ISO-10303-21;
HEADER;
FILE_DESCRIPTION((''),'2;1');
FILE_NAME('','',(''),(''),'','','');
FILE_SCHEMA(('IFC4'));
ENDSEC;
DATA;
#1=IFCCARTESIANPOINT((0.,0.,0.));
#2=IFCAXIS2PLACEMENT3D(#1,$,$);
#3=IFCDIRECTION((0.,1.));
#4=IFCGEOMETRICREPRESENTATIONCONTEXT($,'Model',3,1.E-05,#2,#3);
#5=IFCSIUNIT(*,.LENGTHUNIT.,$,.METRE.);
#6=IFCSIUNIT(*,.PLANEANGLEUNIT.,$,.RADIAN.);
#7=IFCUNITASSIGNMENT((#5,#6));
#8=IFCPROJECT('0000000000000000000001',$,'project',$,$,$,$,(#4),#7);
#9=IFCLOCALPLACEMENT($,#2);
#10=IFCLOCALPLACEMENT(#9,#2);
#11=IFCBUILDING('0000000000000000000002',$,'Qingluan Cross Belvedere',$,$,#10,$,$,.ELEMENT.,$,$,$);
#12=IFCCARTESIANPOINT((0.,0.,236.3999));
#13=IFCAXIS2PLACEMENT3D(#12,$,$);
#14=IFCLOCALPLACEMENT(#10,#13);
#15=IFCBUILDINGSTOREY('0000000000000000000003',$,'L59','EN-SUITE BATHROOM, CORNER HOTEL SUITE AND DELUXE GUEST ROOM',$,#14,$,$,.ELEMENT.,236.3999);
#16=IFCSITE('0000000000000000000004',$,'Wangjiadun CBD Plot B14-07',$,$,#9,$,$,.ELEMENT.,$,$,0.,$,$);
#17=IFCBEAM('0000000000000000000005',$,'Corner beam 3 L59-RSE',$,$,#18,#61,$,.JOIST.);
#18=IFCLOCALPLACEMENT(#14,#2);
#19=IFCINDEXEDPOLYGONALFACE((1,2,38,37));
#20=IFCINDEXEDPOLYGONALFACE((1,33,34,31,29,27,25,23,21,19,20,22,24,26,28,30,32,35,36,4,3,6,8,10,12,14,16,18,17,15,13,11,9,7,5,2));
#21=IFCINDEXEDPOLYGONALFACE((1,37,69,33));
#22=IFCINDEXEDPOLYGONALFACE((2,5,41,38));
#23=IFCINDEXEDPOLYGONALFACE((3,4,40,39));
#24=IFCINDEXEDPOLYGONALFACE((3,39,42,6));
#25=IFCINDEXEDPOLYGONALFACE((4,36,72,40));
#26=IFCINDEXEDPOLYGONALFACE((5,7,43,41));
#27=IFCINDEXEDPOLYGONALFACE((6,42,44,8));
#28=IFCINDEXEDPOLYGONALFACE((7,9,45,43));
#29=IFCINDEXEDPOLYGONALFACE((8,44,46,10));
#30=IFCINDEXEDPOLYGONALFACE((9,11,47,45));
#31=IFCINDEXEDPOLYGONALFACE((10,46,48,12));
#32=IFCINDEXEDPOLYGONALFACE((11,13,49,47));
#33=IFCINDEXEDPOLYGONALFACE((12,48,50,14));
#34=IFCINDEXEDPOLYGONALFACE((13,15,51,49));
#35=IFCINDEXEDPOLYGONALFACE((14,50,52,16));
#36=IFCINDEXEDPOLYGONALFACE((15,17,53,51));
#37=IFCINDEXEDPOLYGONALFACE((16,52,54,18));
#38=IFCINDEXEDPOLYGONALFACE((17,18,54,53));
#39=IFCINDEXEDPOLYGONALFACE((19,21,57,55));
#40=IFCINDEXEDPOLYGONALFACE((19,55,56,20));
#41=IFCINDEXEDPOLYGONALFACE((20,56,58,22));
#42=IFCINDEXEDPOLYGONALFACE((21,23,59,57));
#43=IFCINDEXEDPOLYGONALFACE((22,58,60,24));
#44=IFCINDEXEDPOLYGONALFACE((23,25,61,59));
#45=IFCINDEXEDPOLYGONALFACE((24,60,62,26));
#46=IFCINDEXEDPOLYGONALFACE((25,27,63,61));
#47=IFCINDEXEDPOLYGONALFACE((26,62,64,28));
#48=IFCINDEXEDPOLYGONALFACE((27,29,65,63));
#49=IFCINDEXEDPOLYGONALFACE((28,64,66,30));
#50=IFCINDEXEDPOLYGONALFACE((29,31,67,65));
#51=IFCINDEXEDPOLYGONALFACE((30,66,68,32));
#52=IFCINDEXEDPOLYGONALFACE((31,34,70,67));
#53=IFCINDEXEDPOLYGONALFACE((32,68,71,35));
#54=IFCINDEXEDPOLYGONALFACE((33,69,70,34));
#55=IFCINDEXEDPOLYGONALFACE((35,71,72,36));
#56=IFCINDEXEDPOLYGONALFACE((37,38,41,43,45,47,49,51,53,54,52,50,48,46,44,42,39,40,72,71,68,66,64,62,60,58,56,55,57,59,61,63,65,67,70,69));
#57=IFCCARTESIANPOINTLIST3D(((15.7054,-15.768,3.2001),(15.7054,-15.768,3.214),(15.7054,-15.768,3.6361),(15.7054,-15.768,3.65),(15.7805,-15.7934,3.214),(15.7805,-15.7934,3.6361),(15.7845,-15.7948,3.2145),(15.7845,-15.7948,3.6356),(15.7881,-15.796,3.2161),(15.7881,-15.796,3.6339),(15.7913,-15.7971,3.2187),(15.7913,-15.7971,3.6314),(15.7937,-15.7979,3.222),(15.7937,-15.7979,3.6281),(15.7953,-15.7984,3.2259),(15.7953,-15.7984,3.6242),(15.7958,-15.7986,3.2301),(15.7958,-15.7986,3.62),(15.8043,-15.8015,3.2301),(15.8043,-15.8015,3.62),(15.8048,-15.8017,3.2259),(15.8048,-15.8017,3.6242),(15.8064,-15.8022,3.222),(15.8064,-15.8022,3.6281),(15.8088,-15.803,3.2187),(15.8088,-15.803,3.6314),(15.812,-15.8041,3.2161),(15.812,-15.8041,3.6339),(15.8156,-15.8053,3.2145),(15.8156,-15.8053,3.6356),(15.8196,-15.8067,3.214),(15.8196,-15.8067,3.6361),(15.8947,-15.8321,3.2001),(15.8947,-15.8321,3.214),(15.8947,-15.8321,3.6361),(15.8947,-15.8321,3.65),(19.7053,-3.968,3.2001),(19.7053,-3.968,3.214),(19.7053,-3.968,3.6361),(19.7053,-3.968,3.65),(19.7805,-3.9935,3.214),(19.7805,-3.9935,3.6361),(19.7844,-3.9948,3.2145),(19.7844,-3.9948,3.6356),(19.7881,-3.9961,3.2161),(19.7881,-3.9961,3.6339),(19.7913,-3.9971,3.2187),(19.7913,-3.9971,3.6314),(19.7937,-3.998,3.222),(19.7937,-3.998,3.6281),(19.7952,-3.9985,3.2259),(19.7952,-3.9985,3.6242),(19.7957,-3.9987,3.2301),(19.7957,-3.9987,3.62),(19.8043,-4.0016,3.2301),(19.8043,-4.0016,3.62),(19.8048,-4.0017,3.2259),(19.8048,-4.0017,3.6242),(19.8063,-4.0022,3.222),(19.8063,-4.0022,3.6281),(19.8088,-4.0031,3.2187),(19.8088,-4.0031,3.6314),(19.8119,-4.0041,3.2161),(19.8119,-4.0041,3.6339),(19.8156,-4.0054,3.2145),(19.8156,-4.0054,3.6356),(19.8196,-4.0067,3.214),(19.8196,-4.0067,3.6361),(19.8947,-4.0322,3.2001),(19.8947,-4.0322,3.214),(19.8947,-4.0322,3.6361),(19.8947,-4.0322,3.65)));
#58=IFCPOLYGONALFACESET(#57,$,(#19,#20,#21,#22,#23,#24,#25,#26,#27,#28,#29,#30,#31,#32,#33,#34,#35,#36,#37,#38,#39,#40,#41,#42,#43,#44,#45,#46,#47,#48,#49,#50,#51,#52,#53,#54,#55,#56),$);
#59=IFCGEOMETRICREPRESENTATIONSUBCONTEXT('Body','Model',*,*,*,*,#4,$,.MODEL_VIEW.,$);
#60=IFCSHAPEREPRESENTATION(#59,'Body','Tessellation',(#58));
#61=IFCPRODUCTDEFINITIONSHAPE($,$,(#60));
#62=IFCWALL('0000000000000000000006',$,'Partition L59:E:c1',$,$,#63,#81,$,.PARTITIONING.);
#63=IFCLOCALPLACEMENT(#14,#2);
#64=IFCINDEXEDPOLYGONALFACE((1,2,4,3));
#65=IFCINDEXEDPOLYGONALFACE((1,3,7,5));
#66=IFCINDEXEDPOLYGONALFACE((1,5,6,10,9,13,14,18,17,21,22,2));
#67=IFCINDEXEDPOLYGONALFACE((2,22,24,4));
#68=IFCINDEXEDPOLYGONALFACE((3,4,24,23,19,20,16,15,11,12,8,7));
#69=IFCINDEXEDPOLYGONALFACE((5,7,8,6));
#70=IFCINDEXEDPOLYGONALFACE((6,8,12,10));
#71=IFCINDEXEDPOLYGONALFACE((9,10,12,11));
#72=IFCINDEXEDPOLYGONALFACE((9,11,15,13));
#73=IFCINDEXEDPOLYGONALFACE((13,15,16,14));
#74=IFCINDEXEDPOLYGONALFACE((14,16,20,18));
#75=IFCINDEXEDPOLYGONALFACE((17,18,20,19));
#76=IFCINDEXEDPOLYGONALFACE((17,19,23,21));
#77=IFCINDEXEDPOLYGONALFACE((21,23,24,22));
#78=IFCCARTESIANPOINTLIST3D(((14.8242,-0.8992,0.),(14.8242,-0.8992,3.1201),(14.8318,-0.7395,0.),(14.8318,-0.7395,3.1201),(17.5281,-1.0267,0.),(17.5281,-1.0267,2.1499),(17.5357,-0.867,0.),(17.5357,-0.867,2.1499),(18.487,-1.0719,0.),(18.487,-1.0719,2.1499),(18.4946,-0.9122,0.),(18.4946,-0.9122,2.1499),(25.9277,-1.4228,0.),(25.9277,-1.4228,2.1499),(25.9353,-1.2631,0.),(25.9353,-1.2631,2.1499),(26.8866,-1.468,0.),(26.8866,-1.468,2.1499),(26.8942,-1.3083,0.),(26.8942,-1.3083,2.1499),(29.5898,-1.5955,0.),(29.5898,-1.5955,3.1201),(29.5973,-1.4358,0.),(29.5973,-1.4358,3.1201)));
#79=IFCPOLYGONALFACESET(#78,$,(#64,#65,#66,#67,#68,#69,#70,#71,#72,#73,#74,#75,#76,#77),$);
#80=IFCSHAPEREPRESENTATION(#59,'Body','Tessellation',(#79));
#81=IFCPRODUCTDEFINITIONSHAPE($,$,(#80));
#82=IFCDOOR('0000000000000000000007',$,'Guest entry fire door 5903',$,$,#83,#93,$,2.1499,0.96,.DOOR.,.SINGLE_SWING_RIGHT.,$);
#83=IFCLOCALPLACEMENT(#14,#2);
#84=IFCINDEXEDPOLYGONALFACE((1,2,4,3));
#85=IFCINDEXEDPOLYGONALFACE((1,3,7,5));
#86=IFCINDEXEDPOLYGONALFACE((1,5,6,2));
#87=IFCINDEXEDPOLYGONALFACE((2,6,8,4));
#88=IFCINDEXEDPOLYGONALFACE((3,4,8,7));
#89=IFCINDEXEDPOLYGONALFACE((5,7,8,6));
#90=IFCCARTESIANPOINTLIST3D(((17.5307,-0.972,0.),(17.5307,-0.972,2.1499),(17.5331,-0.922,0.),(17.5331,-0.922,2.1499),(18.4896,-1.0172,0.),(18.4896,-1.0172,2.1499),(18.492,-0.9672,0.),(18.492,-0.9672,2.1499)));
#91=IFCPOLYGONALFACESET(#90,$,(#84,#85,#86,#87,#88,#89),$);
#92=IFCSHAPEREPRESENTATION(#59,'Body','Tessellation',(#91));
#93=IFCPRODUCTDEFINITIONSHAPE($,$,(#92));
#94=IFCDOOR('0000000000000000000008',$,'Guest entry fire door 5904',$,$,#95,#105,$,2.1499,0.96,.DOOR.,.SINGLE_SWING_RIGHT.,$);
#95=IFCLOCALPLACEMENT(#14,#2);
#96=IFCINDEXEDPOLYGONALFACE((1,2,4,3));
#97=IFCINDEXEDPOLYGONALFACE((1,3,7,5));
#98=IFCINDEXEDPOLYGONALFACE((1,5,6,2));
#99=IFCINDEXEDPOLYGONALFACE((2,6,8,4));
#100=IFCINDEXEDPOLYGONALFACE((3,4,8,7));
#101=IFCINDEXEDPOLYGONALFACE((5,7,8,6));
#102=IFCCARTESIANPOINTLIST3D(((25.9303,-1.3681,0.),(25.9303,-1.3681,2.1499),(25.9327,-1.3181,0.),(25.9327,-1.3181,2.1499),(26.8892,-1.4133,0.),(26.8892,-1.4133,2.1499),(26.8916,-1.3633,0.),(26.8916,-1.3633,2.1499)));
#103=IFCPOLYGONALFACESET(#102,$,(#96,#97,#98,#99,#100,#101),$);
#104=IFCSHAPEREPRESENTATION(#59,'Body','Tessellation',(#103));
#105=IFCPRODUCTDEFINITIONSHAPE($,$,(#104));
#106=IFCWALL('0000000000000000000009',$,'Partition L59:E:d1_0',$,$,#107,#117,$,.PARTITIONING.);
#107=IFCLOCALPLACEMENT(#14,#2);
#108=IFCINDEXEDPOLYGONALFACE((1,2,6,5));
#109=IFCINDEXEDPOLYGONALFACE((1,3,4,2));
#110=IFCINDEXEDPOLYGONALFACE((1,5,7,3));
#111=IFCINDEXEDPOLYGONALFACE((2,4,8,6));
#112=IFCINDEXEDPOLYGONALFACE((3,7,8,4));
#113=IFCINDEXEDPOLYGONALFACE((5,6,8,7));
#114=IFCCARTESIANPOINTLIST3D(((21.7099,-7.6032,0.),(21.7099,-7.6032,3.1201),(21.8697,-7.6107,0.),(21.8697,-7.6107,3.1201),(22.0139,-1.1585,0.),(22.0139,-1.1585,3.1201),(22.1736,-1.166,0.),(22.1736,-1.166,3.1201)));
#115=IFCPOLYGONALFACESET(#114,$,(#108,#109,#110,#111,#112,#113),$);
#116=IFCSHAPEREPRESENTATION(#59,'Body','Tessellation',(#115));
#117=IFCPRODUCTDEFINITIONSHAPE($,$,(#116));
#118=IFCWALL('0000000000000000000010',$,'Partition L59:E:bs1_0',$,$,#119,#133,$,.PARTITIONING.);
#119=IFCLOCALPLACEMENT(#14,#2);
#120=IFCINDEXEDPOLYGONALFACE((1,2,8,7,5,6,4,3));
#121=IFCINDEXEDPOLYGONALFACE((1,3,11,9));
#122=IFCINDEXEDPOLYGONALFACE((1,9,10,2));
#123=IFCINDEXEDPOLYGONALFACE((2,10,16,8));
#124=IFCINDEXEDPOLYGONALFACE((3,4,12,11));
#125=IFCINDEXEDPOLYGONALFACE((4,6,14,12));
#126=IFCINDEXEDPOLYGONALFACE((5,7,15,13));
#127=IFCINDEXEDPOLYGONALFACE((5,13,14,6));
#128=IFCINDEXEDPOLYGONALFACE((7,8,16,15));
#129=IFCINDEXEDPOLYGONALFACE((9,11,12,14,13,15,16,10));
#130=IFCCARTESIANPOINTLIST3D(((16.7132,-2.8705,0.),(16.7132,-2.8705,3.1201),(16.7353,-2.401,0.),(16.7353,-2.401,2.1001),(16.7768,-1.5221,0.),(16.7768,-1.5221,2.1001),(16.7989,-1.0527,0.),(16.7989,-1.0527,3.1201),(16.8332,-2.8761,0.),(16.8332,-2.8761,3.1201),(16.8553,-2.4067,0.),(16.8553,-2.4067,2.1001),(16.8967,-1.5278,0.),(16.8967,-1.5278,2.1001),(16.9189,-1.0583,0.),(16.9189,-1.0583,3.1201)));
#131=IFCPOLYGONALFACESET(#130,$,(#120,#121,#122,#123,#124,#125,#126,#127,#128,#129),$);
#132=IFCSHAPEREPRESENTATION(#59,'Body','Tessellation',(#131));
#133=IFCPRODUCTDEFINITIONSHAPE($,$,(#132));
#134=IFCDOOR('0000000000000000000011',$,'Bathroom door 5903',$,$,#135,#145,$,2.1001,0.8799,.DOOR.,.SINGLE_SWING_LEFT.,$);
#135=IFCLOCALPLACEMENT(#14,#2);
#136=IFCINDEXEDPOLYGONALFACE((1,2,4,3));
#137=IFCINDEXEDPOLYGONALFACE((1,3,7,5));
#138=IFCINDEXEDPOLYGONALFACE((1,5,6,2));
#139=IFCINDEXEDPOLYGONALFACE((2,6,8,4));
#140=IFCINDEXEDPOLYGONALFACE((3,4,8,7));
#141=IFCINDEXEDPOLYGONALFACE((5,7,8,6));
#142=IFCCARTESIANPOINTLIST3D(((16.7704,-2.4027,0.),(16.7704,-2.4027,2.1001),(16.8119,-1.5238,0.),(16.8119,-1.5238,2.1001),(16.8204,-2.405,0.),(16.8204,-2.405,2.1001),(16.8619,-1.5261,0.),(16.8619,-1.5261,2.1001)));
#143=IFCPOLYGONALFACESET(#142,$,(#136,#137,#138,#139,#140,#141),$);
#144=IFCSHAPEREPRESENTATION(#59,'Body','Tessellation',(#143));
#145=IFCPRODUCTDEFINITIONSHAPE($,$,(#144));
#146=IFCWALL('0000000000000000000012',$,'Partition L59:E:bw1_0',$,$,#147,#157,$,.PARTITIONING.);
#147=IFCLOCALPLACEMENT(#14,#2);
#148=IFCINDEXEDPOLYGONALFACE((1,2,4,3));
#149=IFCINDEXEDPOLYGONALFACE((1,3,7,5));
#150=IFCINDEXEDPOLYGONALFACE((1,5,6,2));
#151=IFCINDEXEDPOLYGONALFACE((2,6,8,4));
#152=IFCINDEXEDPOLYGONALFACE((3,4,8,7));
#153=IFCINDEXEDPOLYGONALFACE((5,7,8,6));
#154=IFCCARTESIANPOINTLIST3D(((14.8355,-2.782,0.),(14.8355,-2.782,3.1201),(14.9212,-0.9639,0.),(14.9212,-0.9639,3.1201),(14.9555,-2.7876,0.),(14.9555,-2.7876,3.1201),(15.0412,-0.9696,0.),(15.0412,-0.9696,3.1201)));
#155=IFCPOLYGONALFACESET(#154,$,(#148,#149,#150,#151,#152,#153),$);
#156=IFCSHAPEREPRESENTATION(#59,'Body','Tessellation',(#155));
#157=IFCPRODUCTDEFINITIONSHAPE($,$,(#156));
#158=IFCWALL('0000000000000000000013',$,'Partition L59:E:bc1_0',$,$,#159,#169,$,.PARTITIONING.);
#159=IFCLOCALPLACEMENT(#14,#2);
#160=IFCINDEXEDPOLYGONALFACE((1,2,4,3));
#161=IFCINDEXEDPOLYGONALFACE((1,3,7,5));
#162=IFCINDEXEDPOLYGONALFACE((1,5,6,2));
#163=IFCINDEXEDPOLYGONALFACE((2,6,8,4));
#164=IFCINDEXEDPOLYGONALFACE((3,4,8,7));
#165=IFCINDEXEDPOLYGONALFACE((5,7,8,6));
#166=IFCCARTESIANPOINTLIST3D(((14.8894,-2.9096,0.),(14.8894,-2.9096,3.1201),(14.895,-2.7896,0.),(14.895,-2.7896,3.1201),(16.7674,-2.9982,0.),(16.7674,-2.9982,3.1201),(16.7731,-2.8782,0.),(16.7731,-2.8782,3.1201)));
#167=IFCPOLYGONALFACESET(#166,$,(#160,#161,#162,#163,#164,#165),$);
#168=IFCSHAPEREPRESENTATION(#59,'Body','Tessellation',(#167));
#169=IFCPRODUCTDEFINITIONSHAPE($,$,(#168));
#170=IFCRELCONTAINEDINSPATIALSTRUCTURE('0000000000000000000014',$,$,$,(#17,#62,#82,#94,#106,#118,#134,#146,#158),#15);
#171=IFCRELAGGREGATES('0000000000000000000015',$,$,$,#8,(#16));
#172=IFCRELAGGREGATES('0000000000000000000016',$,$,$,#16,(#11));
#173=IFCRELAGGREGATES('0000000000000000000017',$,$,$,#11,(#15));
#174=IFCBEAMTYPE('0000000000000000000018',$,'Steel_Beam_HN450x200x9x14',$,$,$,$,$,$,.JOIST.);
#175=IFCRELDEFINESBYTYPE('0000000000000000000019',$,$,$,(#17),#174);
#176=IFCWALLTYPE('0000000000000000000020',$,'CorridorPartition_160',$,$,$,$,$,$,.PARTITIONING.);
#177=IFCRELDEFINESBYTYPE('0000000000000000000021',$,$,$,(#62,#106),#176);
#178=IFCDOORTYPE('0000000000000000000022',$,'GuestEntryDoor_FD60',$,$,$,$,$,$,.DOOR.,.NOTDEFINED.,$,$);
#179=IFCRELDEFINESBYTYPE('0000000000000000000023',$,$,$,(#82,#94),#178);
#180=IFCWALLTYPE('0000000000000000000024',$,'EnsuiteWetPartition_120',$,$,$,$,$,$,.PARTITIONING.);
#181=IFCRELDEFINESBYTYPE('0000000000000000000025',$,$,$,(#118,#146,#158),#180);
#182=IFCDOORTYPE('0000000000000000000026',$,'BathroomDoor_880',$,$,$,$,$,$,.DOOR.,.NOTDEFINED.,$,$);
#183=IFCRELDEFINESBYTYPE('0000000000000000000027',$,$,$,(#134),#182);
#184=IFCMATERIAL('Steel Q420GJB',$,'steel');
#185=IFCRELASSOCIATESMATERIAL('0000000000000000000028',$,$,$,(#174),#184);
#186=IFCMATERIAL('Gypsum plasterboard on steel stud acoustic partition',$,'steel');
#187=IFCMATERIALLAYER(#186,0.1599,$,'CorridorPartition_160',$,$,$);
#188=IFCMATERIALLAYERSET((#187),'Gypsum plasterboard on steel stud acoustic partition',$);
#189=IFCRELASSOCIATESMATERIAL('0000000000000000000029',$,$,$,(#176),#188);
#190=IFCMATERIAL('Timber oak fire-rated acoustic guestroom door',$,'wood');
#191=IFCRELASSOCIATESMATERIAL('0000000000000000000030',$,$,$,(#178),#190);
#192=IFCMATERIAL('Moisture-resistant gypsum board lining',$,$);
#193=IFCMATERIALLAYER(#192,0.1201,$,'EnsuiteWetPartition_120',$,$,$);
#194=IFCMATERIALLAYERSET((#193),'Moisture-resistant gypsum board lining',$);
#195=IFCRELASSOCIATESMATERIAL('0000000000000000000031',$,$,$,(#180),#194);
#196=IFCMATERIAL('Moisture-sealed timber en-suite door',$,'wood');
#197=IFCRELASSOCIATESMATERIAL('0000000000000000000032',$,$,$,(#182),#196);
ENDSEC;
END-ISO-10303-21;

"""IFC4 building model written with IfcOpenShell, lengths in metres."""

from ifc_helpers import new_model, si_unit, direction, frame, frame_2d, origin, origin_2d, place, context, subcontext, project, spatial, rectangle, i_section, extrude, material, layer, layer_set, material_profile, profile_set, type_object, element, fill, save


model = new_model("IFC4")

# Units and contexts
model_context = context("Model", 3, precision=1e-05, world=origin(), true_north=direction((0.0, 1.0)))
body_context = subcontext(model_context, "Body", "Model", "MODEL_VIEW")
ifc_project = project(units=[si_unit("LENGTHUNIT", "METRE"), si_unit("PLANEANGLEUNIT", "RADIAN")], contexts=[model_context])

# Site, building, storey
site_placement = place(None, origin())
site = spatial("IfcSite", under=ifc_project, at=site_placement, Name="Wangjiadun CBD Plot B14-07", CompositionType="ELEMENT", RefElevation=0.0)
building_placement = place(site_placement, origin())
building = spatial("IfcBuilding", under=site, at=building_placement, Name="Qingluan Cross Belvedere", CompositionType="ELEMENT")
storey_placement = place(building_placement, frame((0.0, 0.0, 236.3999)))
storey = spatial("IfcBuildingStorey", under=building, at=storey_placement, Name="L59", Description="EN-SUITE BATHROOM, CORNER HOTEL SUITE AND DELUXE GUEST ROOM", CompositionType="ELEMENT", Elevation=236.3999)

# Beam
ifc_material_1 = material(Name="Steel Q420GJB", Category="steel")
ifc_material_profile_1 = material_profile(ifc_material_1, i_section(OverallWidth=0.2, OverallDepth=0.45, WebThickness=0.009, FlangeThickness=0.0139, FilletRadius=0.0161, at=origin_2d()), Name="HN450x200x9x14")
ifc_profile_set_1 = profile_set([ifc_material_profile_1], Name="Steel Q420GJB")
beam_type_1 = type_object("IfcBeamType", Name="Steel_Beam_HN450x200x9x14", PredefinedType="JOIST", material=ifc_profile_set_1)
for number, where, z_axis, x_axis, name in (
    (1, (15.8, -15.8, 3.425), (0.321038, 0.947066, 0.0), (-0.947066, 0.321038, 0.0), "Corner beam 3 L59-RSE"),
):
    element("IfcBeam", number, at=place(storey_placement, frame(where, z_axis=z_axis, x_axis=x_axis)), inside=storey, type_object=beam_type_1, Name=name, PredefinedType="JOIST", context=body_context, shape_type="SweptSolid", body=[
        extrude(i_section(OverallWidth=0.2, OverallDepth=0.45, WebThickness=0.009, FlangeThickness=0.0139, FilletRadius=0.0161, at=origin_2d()), origin(), (0.0, 0.0, 1.0), 12.4595),
    ])

# Wall, openings, doors
ifc_material_2 = material(Name="Gypsum plasterboard on steel stud acoustic partition", Category="steel")
ifc_layer_1 = layer(ifc_material_2, 0.1599, Name="CorridorPartition_160")
ifc_layer_set_1 = layer_set([ifc_layer_1], Name="Gypsum plasterboard on steel stud acoustic partition")
wall_type_1 = type_object("IfcWallType", Name="CorridorPartition_160", PredefinedType="PARTITIONING", material=ifc_layer_set_1)
wall_1_placement = place(storey_placement, frame((14.8279, -0.8193, 0.0), z_axis=(0.0, 0.0, 1.0), x_axis=(0.99889, -0.047104, 0.0)))
wall_1 = element("IfcWall", 2, at=wall_1_placement, inside=storey, type_object=wall_type_1, Name="Partition L59:E:c1", PredefinedType="PARTITIONING", context=body_context, shape_type="SweptSolid", body=[
    extrude(rectangle(XDim=14.782, YDim=0.1599, at=frame_2d((7.3911, 0.0))), origin(), (0.0, 0.0, 1.0), 3.1201),
])
opening_1_placement = place(wall_1_placement, frame((2.707, 0.0, 0.0)))
opening_1 = element("IfcOpeningElement", 3, at=opening_1_placement, cuts=wall_1, PredefinedType="OPENING", context=body_context, shape_type="SweptSolid", body=[
    extrude(rectangle(XDim=0.96, YDim=2.1499, at=frame_2d((0.48, 1.075))), frame((0.0, 0.0898, 0.0), z_axis=(0.0, -1.0, 0.0), x_axis=(1.0, 0.0, 0.0)), (0.0, 0.0, 1.0), 0.1799),
])
opening_2_placement = place(wall_1_placement, frame((11.116, 0.0, 0.0)))
opening_2 = element("IfcOpeningElement", 4, at=opening_2_placement, cuts=wall_1, PredefinedType="OPENING", context=body_context, shape_type="SweptSolid", body=[
    extrude(rectangle(XDim=0.96, YDim=2.1499, at=frame_2d((0.48, 1.075))), frame((0.0, 0.0898, 0.0), z_axis=(0.0, -1.0, 0.0), x_axis=(1.0, 0.0, 0.0)), (0.0, 0.0, 1.0), 0.1799),
])
ifc_material_3 = material(Name="Timber oak fire-rated acoustic guestroom door", Category="wood")
door_type_1 = type_object("IfcDoorType", Name="GuestEntryDoor_FD60", OperationType="NOTDEFINED", PredefinedType="DOOR", material=ifc_material_3)
door_1_placement = place(opening_1_placement, origin())
door_1 = element("IfcDoor", 5, at=door_1_placement, inside=storey, type_object=door_type_1, Name="Guest entry fire door 5903", OperationType="SINGLE_SWING_RIGHT", OverallHeight=2.1499, OverallWidth=0.96, PredefinedType="DOOR", context=body_context, shape_type="SweptSolid", body=[
    extrude(rectangle(XDim=0.96, YDim=2.1499, at=frame_2d((0.48, 1.075))), frame((0.0, 0.0249, 0.0), z_axis=(0.0, -1.0, 0.0), x_axis=(1.0, 0.0, 0.0)), (0.0, 0.0, 1.0), 0.05),
])
fill(opening_1, door_1)
door_2_placement = place(opening_2_placement, origin())
door_2 = element("IfcDoor", 6, at=door_2_placement, inside=storey, type_object=door_type_1, Name="Guest entry fire door 5904", OperationType="SINGLE_SWING_RIGHT", OverallHeight=2.1499, OverallWidth=0.96, PredefinedType="DOOR", context=body_context, shape_type="SweptSolid", body=[
    extrude(rectangle(XDim=0.96, YDim=2.1499, at=frame_2d((0.48, 1.075))), frame((0.0, 0.0249, 0.0), z_axis=(0.0, -1.0, 0.0), x_axis=(1.0, 0.0, 0.0)), (0.0, 0.0, 1.0), 0.05),
])
fill(opening_2, door_2)

# Wall
wall_2_placement = place(storey_placement, frame((22.0938, -1.1621, 0.0), z_axis=(0.0, 0.0, 1.0), x_axis=(-0.04711, -0.99889, 0.0)))
element("IfcWall", 7, at=wall_2_placement, inside=storey, type_object=wall_type_1, Name="Partition L59:E:d1_0", PredefinedType="PARTITIONING", context=body_context, shape_type="SweptSolid", body=[
    extrude(rectangle(XDim=6.4519, YDim=0.1599, at=frame_2d((3.2261, 0.0))), origin(), (0.0, 0.0, 1.0), 3.1201),
])

# Wall, opening, door
ifc_material_4 = material(Name="Moisture-resistant gypsum board lining")
ifc_layer_2 = layer(ifc_material_4, 0.1201, Name="EnsuiteWetPartition_120")
ifc_layer_set_2 = layer_set([ifc_layer_2], Name="Moisture-resistant gypsum board lining")
wall_type_2 = type_object("IfcWallType", Name="EnsuiteWetPartition_120", PredefinedType="PARTITIONING", material=ifc_layer_set_2)
wall_3_placement = place(storey_placement, frame((16.7732, -2.8733, 0.0), z_axis=(0.0, 0.0, 1.0), x_axis=(0.047087, 0.998891, 0.0)))
wall_3 = element("IfcWall", 8, at=wall_3_placement, inside=storey, type_object=wall_type_2, Name="Partition L59:E:bs1_0", PredefinedType="PARTITIONING", context=body_context, shape_type="SweptSolid", body=[
    extrude(rectangle(XDim=1.8198, YDim=0.1201, at=frame_2d((0.9099, 0.0))), origin(), (0.0, 0.0, 1.0), 3.1201),
])
opening_3_placement = place(wall_3_placement, frame((0.47, 0.0, 0.0)))
opening_3 = element("IfcOpeningElement", 9, at=opening_3_placement, cuts=wall_3, PredefinedType="OPENING", context=body_context, shape_type="SweptSolid", body=[
    extrude(rectangle(XDim=0.8799, YDim=2.1001, at=frame_2d((0.4399, 1.05))), frame((0.0, 0.0701, 0.0), z_axis=(0.0, -1.0, 0.0), x_axis=(1.0, 0.0, 0.0)), (0.0, 0.0, 1.0), 0.1401),
])
ifc_material_5 = material(Name="Moisture-sealed timber en-suite door", Category="wood")
door_type_2 = type_object("IfcDoorType", Name="BathroomDoor_880", OperationType="NOTDEFINED", PredefinedType="DOOR", material=ifc_material_5)
door_3_placement = place(opening_3_placement, origin())
door_3 = element("IfcDoor", 10, at=door_3_placement, inside=storey, type_object=door_type_2, Name="Bathroom door 5903", OperationType="SINGLE_SWING_LEFT", OverallHeight=2.1001, OverallWidth=0.8799, PredefinedType="DOOR", context=body_context, shape_type="SweptSolid", body=[
    extrude(rectangle(XDim=0.8799, YDim=2.1001, at=frame_2d((0.4399, 1.05))), frame((0.0, 0.0249, 0.0), z_axis=(0.0, -1.0, 0.0), x_axis=(1.0, 0.0, 0.0)), (0.0, 0.0, 1.0), 0.05),
])
fill(opening_3, door_3)

# Walls
wall_4_placement = place(storey_placement, frame((14.8955, -2.7849, 0.0), z_axis=(0.0, 0.0, 1.0), x_axis=(0.047081, 0.998891, 0.0)))
element("IfcWall", 11, at=wall_4_placement, inside=storey, type_object=wall_type_2, Name="Partition L59:E:bw1_0", PredefinedType="PARTITIONING", context=body_context, shape_type="SweptSolid", body=[
    extrude(rectangle(XDim=1.8201, YDim=0.1201, at=frame_2d((0.9102, 0.0))), origin(), (0.0, 0.0, 1.0), 3.1201),
])
wall_5_placement = place(storey_placement, frame((14.8923, -2.8496, 0.0), z_axis=(0.0, 0.0, 1.0), x_axis=(0.998888, -0.047139, 0.0)))
element("IfcWall", 12, at=wall_5_placement, inside=storey, type_object=wall_type_2, Name="Partition L59:E:bc1_0", PredefinedType="PARTITIONING", context=body_context, shape_type="SweptSolid", body=[
    extrude(rectangle(XDim=1.8801, YDim=0.1201, at=frame_2d((0.9399, 0.0))), origin(), (0.0, 0.0, 1.0), 3.1201),
])

save(model, "model.ifc")
